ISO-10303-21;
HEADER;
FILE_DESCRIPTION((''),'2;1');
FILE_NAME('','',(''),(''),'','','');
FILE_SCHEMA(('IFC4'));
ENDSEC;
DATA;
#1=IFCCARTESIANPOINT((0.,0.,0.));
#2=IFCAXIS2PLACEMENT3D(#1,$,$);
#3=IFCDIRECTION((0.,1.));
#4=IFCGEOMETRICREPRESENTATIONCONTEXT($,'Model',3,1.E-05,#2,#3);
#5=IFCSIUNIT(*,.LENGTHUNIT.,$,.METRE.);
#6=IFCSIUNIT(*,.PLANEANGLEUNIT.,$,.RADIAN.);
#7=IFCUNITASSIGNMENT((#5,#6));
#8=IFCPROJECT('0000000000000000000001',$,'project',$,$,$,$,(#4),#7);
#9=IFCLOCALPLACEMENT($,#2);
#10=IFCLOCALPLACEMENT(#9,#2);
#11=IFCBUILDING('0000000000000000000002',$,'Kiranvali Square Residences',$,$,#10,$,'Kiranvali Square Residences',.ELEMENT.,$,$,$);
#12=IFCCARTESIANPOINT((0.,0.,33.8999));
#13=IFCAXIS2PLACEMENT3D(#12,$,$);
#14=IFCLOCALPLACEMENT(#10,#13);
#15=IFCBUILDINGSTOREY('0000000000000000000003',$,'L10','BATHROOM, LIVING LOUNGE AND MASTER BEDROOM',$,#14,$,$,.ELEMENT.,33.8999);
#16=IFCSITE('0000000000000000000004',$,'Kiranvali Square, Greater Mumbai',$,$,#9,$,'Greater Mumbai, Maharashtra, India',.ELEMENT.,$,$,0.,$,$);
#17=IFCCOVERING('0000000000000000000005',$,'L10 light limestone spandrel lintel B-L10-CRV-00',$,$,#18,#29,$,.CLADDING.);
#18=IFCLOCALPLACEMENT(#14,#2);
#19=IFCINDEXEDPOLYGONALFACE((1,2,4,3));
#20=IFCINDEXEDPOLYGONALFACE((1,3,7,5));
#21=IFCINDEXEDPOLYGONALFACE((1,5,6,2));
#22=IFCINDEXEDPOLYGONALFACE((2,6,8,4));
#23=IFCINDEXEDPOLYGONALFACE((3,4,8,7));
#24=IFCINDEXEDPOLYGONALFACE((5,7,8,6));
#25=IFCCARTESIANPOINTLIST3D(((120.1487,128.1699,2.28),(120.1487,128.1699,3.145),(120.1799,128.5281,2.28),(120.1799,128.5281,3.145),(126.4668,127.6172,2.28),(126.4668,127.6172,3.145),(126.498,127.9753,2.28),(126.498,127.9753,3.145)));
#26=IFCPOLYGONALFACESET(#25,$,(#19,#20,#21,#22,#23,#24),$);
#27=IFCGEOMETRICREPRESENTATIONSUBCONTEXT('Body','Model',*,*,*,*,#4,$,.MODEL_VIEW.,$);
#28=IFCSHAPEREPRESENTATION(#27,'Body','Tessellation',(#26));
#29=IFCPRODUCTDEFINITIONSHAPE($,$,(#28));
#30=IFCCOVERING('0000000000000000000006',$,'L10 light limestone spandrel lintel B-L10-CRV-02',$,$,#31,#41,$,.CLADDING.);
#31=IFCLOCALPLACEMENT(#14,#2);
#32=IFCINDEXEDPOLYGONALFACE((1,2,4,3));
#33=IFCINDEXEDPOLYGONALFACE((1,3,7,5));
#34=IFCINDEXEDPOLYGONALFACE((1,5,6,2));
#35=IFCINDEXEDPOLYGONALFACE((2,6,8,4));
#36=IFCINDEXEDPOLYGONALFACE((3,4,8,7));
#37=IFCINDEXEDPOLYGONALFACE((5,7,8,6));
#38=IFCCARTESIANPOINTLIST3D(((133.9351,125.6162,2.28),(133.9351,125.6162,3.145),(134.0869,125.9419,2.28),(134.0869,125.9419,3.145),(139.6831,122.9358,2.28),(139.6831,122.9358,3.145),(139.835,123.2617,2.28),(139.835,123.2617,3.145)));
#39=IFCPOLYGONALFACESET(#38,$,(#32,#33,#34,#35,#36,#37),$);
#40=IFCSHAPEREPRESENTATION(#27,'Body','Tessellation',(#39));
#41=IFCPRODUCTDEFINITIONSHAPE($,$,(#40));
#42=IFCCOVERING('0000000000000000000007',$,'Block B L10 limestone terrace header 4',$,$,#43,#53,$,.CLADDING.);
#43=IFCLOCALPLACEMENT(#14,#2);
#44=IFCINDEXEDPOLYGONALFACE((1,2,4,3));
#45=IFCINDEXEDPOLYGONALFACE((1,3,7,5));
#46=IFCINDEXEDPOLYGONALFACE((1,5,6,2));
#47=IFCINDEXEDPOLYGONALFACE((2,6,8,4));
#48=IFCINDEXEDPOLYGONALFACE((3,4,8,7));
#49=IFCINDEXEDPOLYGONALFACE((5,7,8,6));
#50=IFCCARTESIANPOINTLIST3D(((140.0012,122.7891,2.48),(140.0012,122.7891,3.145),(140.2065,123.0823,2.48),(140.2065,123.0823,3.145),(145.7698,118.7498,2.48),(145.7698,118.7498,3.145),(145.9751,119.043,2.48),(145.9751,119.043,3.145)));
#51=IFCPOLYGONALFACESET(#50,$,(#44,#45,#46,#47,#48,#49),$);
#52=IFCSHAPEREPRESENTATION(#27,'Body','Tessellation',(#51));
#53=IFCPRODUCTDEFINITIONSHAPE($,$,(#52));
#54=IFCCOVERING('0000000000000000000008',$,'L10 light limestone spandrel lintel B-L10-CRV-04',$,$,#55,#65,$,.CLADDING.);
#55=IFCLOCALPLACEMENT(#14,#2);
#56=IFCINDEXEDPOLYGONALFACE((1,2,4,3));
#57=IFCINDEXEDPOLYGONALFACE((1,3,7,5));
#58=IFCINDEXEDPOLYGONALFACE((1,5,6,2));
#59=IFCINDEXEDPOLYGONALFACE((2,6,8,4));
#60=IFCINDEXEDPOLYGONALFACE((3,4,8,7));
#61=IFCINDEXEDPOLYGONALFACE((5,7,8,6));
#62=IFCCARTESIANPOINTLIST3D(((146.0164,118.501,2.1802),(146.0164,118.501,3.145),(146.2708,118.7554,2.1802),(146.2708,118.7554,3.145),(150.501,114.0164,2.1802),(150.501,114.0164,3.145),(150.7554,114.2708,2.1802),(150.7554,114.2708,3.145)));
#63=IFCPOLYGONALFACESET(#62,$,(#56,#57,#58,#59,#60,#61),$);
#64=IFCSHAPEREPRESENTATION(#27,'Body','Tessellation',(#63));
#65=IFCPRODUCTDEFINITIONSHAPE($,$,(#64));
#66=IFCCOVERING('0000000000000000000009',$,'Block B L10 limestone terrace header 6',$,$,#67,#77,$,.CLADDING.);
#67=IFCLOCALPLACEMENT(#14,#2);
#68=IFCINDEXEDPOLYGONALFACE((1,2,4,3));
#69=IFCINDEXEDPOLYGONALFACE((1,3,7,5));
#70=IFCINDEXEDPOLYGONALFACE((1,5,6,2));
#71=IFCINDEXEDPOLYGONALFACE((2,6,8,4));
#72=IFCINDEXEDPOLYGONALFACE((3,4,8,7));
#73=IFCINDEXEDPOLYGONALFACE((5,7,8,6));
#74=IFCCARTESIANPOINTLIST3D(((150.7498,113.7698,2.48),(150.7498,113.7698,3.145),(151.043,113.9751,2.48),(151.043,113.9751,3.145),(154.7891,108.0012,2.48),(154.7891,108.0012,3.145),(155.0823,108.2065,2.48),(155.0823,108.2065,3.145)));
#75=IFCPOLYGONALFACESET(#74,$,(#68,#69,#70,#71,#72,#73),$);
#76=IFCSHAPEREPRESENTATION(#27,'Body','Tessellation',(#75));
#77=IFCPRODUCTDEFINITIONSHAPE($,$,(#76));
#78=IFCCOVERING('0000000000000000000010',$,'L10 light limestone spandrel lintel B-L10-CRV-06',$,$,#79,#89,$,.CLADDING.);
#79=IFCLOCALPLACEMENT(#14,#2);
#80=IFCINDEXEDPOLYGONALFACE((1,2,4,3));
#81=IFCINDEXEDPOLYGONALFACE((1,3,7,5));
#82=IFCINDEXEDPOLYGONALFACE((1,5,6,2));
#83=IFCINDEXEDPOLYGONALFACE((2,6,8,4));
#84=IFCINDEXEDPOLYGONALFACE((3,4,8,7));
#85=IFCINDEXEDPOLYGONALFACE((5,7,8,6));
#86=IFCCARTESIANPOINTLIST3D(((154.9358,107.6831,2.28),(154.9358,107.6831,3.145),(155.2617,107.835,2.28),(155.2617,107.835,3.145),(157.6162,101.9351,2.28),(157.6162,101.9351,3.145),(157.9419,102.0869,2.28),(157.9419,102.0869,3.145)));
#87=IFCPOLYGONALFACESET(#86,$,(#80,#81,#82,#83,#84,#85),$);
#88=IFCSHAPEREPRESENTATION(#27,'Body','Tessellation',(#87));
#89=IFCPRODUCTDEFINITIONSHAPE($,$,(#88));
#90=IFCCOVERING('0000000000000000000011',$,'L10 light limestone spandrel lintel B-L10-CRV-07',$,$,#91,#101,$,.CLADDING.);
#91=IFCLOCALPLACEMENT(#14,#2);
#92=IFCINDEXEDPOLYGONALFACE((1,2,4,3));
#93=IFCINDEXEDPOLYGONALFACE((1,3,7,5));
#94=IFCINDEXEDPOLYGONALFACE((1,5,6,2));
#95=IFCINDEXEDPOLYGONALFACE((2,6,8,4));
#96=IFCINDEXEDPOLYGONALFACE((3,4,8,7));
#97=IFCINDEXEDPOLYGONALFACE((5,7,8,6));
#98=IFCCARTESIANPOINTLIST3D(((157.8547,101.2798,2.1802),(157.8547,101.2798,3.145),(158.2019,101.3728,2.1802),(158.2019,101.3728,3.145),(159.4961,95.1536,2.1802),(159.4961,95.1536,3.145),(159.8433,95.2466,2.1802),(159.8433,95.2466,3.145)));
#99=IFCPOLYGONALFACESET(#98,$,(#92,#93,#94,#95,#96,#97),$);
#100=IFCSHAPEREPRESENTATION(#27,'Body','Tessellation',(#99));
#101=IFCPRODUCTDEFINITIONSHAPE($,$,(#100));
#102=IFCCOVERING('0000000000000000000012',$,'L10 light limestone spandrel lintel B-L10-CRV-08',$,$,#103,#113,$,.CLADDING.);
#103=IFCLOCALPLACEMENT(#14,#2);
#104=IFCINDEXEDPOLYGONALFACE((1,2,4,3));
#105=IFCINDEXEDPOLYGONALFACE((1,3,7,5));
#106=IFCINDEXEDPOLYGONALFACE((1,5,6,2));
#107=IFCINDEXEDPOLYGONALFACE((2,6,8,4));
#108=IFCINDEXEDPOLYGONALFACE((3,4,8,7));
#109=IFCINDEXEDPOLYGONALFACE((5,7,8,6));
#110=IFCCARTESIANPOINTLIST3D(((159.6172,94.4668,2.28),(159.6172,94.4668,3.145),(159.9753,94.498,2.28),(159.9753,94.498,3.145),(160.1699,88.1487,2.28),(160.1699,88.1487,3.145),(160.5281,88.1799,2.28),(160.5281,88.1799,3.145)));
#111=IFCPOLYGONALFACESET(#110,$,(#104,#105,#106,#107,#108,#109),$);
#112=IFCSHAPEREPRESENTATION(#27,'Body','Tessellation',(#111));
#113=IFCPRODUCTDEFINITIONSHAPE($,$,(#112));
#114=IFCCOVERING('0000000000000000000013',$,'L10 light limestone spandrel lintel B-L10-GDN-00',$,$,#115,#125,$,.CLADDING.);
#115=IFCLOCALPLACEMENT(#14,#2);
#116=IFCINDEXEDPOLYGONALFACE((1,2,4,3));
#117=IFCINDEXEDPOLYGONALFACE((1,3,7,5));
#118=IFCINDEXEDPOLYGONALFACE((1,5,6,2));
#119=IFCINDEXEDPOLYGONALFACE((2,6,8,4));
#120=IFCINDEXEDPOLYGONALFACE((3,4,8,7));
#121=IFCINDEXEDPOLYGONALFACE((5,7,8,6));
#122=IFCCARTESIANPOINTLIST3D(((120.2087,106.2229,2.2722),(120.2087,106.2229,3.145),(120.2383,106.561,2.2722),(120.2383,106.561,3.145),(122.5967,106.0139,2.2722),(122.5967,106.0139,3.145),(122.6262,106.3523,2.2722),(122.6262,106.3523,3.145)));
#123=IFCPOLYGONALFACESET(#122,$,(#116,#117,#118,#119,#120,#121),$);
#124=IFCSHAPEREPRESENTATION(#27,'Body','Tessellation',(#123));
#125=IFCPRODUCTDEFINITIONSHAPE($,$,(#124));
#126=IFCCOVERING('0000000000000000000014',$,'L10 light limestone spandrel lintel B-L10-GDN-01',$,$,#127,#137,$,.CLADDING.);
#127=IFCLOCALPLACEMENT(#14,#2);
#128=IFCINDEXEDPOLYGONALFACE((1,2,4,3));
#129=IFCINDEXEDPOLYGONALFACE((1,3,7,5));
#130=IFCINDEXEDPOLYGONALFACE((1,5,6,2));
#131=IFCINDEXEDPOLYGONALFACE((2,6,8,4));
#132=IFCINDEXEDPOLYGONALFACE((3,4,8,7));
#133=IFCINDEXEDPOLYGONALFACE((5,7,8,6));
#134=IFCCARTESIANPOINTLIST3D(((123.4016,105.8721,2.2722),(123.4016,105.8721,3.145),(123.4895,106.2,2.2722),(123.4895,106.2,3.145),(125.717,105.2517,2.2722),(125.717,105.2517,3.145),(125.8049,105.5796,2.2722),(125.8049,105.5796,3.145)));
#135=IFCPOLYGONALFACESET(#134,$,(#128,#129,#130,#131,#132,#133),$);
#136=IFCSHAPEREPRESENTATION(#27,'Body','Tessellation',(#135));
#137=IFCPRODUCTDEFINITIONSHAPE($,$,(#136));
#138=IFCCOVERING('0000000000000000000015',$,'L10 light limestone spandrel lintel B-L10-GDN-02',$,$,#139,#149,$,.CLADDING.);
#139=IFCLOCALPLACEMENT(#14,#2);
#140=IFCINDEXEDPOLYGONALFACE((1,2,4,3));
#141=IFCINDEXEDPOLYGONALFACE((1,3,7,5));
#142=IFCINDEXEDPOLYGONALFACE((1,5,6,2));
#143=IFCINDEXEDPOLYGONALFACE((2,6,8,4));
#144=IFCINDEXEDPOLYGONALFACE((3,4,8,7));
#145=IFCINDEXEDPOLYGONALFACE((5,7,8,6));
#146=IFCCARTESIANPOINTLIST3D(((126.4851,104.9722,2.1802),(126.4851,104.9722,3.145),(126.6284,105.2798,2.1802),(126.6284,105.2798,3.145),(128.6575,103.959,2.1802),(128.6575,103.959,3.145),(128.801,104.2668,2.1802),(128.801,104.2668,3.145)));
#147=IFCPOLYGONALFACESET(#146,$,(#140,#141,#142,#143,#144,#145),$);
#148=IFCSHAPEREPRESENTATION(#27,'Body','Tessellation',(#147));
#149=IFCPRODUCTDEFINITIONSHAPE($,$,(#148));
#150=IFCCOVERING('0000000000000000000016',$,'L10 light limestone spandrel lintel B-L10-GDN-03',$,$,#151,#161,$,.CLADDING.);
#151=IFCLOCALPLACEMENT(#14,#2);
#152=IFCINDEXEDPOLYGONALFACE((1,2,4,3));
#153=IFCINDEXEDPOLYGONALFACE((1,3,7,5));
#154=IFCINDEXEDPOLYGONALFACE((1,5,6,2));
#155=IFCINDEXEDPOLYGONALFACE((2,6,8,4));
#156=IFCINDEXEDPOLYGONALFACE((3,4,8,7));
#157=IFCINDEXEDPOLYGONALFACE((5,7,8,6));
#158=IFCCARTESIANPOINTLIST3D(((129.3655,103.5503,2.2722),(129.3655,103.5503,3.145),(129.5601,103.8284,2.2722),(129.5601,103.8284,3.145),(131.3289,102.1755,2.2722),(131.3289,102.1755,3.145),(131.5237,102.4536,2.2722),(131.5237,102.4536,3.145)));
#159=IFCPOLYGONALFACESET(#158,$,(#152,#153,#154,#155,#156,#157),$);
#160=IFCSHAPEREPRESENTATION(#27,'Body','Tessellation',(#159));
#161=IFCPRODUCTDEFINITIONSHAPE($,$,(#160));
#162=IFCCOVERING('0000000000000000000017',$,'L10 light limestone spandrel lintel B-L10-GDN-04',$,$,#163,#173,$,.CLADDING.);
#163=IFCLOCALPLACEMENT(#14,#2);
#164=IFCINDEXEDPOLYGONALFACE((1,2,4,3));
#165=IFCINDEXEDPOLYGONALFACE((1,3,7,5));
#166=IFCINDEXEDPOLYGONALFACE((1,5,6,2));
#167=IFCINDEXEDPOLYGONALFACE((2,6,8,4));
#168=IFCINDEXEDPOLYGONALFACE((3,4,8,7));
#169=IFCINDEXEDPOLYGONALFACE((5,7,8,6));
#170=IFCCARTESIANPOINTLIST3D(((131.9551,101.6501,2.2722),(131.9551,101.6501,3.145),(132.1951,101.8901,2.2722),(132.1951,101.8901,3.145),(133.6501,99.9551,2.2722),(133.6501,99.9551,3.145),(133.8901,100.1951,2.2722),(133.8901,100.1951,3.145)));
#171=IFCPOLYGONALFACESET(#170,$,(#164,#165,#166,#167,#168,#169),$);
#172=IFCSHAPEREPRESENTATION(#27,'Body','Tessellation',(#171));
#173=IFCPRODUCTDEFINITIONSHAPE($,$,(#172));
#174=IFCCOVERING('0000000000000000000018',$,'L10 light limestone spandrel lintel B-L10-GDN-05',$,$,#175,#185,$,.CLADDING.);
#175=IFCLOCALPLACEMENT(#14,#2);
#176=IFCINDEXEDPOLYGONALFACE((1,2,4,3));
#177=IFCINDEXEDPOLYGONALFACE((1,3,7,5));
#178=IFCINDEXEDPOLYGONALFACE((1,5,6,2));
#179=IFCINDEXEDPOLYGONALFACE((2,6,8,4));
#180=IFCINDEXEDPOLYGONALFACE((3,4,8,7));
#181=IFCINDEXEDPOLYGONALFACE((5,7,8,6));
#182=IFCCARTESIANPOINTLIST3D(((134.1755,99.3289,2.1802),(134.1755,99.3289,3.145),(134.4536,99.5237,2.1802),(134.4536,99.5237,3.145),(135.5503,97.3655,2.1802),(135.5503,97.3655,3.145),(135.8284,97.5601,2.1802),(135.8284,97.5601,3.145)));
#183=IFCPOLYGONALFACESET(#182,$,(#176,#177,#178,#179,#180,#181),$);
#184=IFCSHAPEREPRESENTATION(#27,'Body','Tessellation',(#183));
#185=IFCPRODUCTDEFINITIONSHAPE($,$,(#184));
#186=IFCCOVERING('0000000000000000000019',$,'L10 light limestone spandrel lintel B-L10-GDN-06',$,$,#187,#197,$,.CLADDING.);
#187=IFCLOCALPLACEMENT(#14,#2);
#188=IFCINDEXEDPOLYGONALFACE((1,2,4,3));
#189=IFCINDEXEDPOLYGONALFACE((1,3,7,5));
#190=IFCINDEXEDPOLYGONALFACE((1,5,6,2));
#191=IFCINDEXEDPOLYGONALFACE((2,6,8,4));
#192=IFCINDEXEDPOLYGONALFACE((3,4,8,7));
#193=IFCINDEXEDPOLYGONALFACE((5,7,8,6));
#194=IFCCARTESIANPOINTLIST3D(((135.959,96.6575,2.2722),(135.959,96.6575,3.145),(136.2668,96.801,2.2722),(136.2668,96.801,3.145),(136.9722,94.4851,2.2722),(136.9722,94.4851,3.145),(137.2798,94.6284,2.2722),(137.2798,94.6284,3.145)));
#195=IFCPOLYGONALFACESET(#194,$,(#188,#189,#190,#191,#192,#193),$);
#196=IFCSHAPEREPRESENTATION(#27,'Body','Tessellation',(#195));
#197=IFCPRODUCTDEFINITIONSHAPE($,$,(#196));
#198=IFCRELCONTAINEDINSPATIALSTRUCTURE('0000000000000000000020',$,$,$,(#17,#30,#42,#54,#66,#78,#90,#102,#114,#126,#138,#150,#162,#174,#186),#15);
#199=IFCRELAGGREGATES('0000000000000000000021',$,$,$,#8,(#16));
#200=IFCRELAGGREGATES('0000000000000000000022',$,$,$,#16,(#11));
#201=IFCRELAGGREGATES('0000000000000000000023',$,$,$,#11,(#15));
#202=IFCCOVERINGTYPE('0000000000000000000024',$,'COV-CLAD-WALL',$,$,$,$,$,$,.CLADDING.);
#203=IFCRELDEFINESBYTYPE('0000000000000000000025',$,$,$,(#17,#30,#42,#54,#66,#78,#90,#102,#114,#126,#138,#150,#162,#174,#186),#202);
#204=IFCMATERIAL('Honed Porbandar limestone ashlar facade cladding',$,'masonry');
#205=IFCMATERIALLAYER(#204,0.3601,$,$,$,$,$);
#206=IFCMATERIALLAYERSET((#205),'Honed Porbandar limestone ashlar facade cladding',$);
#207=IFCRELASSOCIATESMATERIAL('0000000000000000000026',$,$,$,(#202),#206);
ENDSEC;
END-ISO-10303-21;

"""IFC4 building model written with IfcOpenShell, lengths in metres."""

from ifc_helpers import new_model, si_unit, direction, frame, origin, place, context, subcontext, project, spatial, polyline, outline, extrude, material, layer, layer_set, type_object, element, save


model = new_model("IFC4")

# Units and contexts
model_context = context("Model", 3, precision=1e-05, world=origin(), true_north=direction((0.0, 1.0)))
body_context = subcontext(model_context, "Body", "Model", "MODEL_VIEW")
ifc_project = project(units=[si_unit("LENGTHUNIT", "METRE"), si_unit("PLANEANGLEUNIT", "RADIAN")], contexts=[model_context])

# Site, building, storey
site_placement = place(None, origin())
site = spatial("IfcSite", under=ifc_project, at=site_placement, Name="Kiranvali Square, Greater Mumbai", LongName="Greater Mumbai, Maharashtra, India", CompositionType="ELEMENT", RefElevation=0.0)
building_placement = place(site_placement, origin())
building = spatial("IfcBuilding", under=site, at=building_placement, Name="Kiranvali Square Residences", LongName="Kiranvali Square Residences", CompositionType="ELEMENT")
storey_placement = place(building_placement, frame((0.0, 0.0, 33.8999)))
storey = spatial("IfcBuildingStorey", under=building, at=storey_placement, Name="L10", Description="BATHROOM, LIVING LOUNGE AND MASTER BEDROOM", CompositionType="ELEMENT", Elevation=33.8999)

# Coverings
ifc_material = material(Name="Honed Porbandar limestone ashlar facade cladding", Category="masonry")
ifc_layer = layer(ifc_material, 0.3601)
ifc_layer_set = layer_set([ifc_layer], Name="Honed Porbandar limestone ashlar facade cladding")
covering_type = type_object("IfcCoveringType", Name="COV-CLAD-WALL", PredefinedType="CLADDING", material=ifc_layer_set)
covering_1_placement = place(storey_placement, frame((0.0, 0.0, 2.28)))
element("IfcCovering", 1, at=covering_1_placement, inside=storey, type_object=covering_type, Name="L10 light limestone spandrel lintel B-L10-CRV-00", PredefinedType="CLADDING", context=body_context, shape_type="SweptSolid", body=[
    extrude(outline(polyline([(120.1487, 128.1699), (126.4668, 127.6172), (126.498, 127.9753), (120.1799, 128.5281), (120.1487, 128.1699)])), origin(), (0.0, 0.0, 1.0), 0.865),
])
covering_2_placement = place(storey_placement, frame((0.0, 0.0, 2.28)))
element("IfcCovering", 2, at=covering_2_placement, inside=storey, type_object=covering_type, Name="L10 light limestone spandrel lintel B-L10-CRV-02", PredefinedType="CLADDING", context=body_context, shape_type="SweptSolid", body=[
    extrude(outline(polyline([(133.9351, 125.6162), (139.6831, 122.9358), (139.835, 123.2617), (134.0869, 125.9419), (133.9351, 125.6162)])), origin(), (0.0, 0.0, 1.0), 0.865),
])
covering_3_placement = place(storey_placement, frame((0.0, 0.0, 2.48)))
element("IfcCovering", 3, at=covering_3_placement, inside=storey, type_object=covering_type, Name="Block B L10 limestone terrace header 4", PredefinedType="CLADDING", context=body_context, shape_type="SweptSolid", body=[
    extrude(outline(polyline([(140.0012, 122.7891), (145.7698, 118.7498), (145.9751, 119.043), (140.2065, 123.0823), (140.0012, 122.7891)])), origin(), (0.0, 0.0, 1.0), 0.665),
])
covering_4_placement = place(storey_placement, frame((0.0, 0.0, 2.1802)))
element("IfcCovering", 4, at=covering_4_placement, inside=storey, type_object=covering_type, Name="L10 light limestone spandrel lintel B-L10-CRV-04", PredefinedType="CLADDING", context=body_context, shape_type="SweptSolid", body=[
    extrude(outline(polyline([(146.0164, 118.501), (150.501, 114.0164), (150.7554, 114.2708), (146.2708, 118.7554), (146.0164, 118.501)])), origin(), (0.0, 0.0, 1.0), 0.9648),
])
covering_5_placement = place(storey_placement, frame((0.0, 0.0, 2.48)))
element("IfcCovering", 5, at=covering_5_placement, inside=storey, type_object=covering_type, Name="Block B L10 limestone terrace header 6", PredefinedType="CLADDING", context=body_context, shape_type="SweptSolid", body=[
    extrude(outline(polyline([(150.7498, 113.7698), (154.7891, 108.0012), (155.0823, 108.2065), (151.043, 113.9751), (150.7498, 113.7698)])), origin(), (0.0, 0.0, 1.0), 0.665),
])
covering_6_placement = place(storey_placement, frame((0.0, 0.0, 2.28)))
element("IfcCovering", 6, at=covering_6_placement, inside=storey, type_object=covering_type, Name="L10 light limestone spandrel lintel B-L10-CRV-06", PredefinedType="CLADDING", context=body_context, shape_type="SweptSolid", body=[
    extrude(outline(polyline([(154.9358, 107.6831), (157.6162, 101.9351), (157.9419, 102.0869), (155.2617, 107.835), (154.9358, 107.6831)])), origin(), (0.0, 0.0, 1.0), 0.865),
])
covering_7_placement = place(storey_placement, frame((0.0, 0.0, 2.1802)))
element("IfcCovering", 7, at=covering_7_placement, inside=storey, type_object=covering_type, Name="L10 light limestone spandrel lintel B-L10-CRV-07", PredefinedType="CLADDING", context=body_context, shape_type="SweptSolid", body=[
    extrude(outline(polyline([(157.8547, 101.2798), (159.4961, 95.1536), (159.8433, 95.2466), (158.2019, 101.3728), (157.8547, 101.2798)])), origin(), (0.0, 0.0, 1.0), 0.9648),
])
covering_8_placement = place(storey_placement, frame((0.0, 0.0, 2.28)))
element("IfcCovering", 8, at=covering_8_placement, inside=storey, type_object=covering_type, Name="L10 light limestone spandrel lintel B-L10-CRV-08", PredefinedType="CLADDING", context=body_context, shape_type="SweptSolid", body=[
    extrude(outline(polyline([(159.6172, 94.4668), (160.1699, 88.1487), (160.5281, 88.1799), (159.9753, 94.498), (159.6172, 94.4668)])), origin(), (0.0, 0.0, 1.0), 0.865),
])
covering_9_placement = place(storey_placement, frame((0.0, 0.0, 2.2722)))
element("IfcCovering", 9, at=covering_9_placement, inside=storey, type_object=covering_type, Name="L10 light limestone spandrel lintel B-L10-GDN-00", PredefinedType="CLADDING", context=body_context, shape_type="SweptSolid", body=[
    extrude(outline(polyline([(120.2087, 106.2229), (122.5967, 106.0139), (122.6262, 106.3523), (120.2383, 106.561), (120.2087, 106.2229)])), origin(), (0.0, 0.0, 1.0), 0.8728),
])
covering_10_placement = place(storey_placement, frame((0.0, 0.0, 2.2722)))
element("IfcCovering", 10, at=covering_10_placement, inside=storey, type_object=covering_type, Name="L10 light limestone spandrel lintel B-L10-GDN-01", PredefinedType="CLADDING", context=body_context, shape_type="SweptSolid", body=[
    extrude(outline(polyline([(123.4016, 105.8721), (125.717, 105.2517), (125.8049, 105.5796), (123.4895, 106.2), (123.4016, 105.8721)])), origin(), (0.0, 0.0, 1.0), 0.8728),
])
covering_11_placement = place(storey_placement, frame((0.0, 0.0, 2.1802)))
element("IfcCovering", 11, at=covering_11_placement, inside=storey, type_object=covering_type, Name="L10 light limestone spandrel lintel B-L10-GDN-02", PredefinedType="CLADDING", context=body_context, shape_type="SweptSolid", body=[
    extrude(outline(polyline([(126.4851, 104.9722), (128.6575, 103.959), (128.801, 104.2668), (126.6284, 105.2798), (126.4851, 104.9722)])), origin(), (0.0, 0.0, 1.0), 0.9648),
])
covering_12_placement = place(storey_placement, frame((0.0, 0.0, 2.2722)))
element("IfcCovering", 12, at=covering_12_placement, inside=storey, type_object=covering_type, Name="L10 light limestone spandrel lintel B-L10-GDN-03", PredefinedType="CLADDING", context=body_context, shape_type="SweptSolid", body=[
    extrude(outline(polyline([(129.3655, 103.5503), (131.3289, 102.1755), (131.5237, 102.4536), (129.5601, 103.8284), (129.3655, 103.5503)])), origin(), (0.0, 0.0, 1.0), 0.8728),
])
covering_13_placement = place(storey_placement, frame((0.0, 0.0, 2.2722)))
element("IfcCovering", 13, at=covering_13_placement, inside=storey, type_object=covering_type, Name="L10 light limestone spandrel lintel B-L10-GDN-04", PredefinedType="CLADDING", context=body_context, shape_type="SweptSolid", body=[
    extrude(outline(polyline([(131.9551, 101.6501), (133.6501, 99.9551), (133.8901, 100.1951), (132.1951, 101.8901), (131.9551, 101.6501)])), origin(), (0.0, 0.0, 1.0), 0.8728),
])
covering_14_placement = place(storey_placement, frame((0.0, 0.0, 2.1802)))
element("IfcCovering", 14, at=covering_14_placement, inside=storey, type_object=covering_type, Name="L10 light limestone spandrel lintel B-L10-GDN-05", PredefinedType="CLADDING", context=body_context, shape_type="SweptSolid", body=[
    extrude(outline(polyline([(134.1755, 99.3289), (135.5503, 97.3655), (135.8284, 97.5601), (134.4536, 99.5237), (134.1755, 99.3289)])), origin(), (0.0, 0.0, 1.0), 0.9648),
])
covering_15_placement = place(storey_placement, frame((0.0, 0.0, 2.2722)))
element("IfcCovering", 15, at=covering_15_placement, inside=storey, type_object=covering_type, Name="L10 light limestone spandrel lintel B-L10-GDN-06", PredefinedType="CLADDING", context=body_context, shape_type="SweptSolid", body=[
    extrude(outline(polyline([(135.959, 96.6575), (136.9722, 94.4851), (137.2798, 94.6284), (136.2668, 96.801), (135.959, 96.6575)])), origin(), (0.0, 0.0, 1.0), 0.8728),
])

save(model, "model.ifc")
